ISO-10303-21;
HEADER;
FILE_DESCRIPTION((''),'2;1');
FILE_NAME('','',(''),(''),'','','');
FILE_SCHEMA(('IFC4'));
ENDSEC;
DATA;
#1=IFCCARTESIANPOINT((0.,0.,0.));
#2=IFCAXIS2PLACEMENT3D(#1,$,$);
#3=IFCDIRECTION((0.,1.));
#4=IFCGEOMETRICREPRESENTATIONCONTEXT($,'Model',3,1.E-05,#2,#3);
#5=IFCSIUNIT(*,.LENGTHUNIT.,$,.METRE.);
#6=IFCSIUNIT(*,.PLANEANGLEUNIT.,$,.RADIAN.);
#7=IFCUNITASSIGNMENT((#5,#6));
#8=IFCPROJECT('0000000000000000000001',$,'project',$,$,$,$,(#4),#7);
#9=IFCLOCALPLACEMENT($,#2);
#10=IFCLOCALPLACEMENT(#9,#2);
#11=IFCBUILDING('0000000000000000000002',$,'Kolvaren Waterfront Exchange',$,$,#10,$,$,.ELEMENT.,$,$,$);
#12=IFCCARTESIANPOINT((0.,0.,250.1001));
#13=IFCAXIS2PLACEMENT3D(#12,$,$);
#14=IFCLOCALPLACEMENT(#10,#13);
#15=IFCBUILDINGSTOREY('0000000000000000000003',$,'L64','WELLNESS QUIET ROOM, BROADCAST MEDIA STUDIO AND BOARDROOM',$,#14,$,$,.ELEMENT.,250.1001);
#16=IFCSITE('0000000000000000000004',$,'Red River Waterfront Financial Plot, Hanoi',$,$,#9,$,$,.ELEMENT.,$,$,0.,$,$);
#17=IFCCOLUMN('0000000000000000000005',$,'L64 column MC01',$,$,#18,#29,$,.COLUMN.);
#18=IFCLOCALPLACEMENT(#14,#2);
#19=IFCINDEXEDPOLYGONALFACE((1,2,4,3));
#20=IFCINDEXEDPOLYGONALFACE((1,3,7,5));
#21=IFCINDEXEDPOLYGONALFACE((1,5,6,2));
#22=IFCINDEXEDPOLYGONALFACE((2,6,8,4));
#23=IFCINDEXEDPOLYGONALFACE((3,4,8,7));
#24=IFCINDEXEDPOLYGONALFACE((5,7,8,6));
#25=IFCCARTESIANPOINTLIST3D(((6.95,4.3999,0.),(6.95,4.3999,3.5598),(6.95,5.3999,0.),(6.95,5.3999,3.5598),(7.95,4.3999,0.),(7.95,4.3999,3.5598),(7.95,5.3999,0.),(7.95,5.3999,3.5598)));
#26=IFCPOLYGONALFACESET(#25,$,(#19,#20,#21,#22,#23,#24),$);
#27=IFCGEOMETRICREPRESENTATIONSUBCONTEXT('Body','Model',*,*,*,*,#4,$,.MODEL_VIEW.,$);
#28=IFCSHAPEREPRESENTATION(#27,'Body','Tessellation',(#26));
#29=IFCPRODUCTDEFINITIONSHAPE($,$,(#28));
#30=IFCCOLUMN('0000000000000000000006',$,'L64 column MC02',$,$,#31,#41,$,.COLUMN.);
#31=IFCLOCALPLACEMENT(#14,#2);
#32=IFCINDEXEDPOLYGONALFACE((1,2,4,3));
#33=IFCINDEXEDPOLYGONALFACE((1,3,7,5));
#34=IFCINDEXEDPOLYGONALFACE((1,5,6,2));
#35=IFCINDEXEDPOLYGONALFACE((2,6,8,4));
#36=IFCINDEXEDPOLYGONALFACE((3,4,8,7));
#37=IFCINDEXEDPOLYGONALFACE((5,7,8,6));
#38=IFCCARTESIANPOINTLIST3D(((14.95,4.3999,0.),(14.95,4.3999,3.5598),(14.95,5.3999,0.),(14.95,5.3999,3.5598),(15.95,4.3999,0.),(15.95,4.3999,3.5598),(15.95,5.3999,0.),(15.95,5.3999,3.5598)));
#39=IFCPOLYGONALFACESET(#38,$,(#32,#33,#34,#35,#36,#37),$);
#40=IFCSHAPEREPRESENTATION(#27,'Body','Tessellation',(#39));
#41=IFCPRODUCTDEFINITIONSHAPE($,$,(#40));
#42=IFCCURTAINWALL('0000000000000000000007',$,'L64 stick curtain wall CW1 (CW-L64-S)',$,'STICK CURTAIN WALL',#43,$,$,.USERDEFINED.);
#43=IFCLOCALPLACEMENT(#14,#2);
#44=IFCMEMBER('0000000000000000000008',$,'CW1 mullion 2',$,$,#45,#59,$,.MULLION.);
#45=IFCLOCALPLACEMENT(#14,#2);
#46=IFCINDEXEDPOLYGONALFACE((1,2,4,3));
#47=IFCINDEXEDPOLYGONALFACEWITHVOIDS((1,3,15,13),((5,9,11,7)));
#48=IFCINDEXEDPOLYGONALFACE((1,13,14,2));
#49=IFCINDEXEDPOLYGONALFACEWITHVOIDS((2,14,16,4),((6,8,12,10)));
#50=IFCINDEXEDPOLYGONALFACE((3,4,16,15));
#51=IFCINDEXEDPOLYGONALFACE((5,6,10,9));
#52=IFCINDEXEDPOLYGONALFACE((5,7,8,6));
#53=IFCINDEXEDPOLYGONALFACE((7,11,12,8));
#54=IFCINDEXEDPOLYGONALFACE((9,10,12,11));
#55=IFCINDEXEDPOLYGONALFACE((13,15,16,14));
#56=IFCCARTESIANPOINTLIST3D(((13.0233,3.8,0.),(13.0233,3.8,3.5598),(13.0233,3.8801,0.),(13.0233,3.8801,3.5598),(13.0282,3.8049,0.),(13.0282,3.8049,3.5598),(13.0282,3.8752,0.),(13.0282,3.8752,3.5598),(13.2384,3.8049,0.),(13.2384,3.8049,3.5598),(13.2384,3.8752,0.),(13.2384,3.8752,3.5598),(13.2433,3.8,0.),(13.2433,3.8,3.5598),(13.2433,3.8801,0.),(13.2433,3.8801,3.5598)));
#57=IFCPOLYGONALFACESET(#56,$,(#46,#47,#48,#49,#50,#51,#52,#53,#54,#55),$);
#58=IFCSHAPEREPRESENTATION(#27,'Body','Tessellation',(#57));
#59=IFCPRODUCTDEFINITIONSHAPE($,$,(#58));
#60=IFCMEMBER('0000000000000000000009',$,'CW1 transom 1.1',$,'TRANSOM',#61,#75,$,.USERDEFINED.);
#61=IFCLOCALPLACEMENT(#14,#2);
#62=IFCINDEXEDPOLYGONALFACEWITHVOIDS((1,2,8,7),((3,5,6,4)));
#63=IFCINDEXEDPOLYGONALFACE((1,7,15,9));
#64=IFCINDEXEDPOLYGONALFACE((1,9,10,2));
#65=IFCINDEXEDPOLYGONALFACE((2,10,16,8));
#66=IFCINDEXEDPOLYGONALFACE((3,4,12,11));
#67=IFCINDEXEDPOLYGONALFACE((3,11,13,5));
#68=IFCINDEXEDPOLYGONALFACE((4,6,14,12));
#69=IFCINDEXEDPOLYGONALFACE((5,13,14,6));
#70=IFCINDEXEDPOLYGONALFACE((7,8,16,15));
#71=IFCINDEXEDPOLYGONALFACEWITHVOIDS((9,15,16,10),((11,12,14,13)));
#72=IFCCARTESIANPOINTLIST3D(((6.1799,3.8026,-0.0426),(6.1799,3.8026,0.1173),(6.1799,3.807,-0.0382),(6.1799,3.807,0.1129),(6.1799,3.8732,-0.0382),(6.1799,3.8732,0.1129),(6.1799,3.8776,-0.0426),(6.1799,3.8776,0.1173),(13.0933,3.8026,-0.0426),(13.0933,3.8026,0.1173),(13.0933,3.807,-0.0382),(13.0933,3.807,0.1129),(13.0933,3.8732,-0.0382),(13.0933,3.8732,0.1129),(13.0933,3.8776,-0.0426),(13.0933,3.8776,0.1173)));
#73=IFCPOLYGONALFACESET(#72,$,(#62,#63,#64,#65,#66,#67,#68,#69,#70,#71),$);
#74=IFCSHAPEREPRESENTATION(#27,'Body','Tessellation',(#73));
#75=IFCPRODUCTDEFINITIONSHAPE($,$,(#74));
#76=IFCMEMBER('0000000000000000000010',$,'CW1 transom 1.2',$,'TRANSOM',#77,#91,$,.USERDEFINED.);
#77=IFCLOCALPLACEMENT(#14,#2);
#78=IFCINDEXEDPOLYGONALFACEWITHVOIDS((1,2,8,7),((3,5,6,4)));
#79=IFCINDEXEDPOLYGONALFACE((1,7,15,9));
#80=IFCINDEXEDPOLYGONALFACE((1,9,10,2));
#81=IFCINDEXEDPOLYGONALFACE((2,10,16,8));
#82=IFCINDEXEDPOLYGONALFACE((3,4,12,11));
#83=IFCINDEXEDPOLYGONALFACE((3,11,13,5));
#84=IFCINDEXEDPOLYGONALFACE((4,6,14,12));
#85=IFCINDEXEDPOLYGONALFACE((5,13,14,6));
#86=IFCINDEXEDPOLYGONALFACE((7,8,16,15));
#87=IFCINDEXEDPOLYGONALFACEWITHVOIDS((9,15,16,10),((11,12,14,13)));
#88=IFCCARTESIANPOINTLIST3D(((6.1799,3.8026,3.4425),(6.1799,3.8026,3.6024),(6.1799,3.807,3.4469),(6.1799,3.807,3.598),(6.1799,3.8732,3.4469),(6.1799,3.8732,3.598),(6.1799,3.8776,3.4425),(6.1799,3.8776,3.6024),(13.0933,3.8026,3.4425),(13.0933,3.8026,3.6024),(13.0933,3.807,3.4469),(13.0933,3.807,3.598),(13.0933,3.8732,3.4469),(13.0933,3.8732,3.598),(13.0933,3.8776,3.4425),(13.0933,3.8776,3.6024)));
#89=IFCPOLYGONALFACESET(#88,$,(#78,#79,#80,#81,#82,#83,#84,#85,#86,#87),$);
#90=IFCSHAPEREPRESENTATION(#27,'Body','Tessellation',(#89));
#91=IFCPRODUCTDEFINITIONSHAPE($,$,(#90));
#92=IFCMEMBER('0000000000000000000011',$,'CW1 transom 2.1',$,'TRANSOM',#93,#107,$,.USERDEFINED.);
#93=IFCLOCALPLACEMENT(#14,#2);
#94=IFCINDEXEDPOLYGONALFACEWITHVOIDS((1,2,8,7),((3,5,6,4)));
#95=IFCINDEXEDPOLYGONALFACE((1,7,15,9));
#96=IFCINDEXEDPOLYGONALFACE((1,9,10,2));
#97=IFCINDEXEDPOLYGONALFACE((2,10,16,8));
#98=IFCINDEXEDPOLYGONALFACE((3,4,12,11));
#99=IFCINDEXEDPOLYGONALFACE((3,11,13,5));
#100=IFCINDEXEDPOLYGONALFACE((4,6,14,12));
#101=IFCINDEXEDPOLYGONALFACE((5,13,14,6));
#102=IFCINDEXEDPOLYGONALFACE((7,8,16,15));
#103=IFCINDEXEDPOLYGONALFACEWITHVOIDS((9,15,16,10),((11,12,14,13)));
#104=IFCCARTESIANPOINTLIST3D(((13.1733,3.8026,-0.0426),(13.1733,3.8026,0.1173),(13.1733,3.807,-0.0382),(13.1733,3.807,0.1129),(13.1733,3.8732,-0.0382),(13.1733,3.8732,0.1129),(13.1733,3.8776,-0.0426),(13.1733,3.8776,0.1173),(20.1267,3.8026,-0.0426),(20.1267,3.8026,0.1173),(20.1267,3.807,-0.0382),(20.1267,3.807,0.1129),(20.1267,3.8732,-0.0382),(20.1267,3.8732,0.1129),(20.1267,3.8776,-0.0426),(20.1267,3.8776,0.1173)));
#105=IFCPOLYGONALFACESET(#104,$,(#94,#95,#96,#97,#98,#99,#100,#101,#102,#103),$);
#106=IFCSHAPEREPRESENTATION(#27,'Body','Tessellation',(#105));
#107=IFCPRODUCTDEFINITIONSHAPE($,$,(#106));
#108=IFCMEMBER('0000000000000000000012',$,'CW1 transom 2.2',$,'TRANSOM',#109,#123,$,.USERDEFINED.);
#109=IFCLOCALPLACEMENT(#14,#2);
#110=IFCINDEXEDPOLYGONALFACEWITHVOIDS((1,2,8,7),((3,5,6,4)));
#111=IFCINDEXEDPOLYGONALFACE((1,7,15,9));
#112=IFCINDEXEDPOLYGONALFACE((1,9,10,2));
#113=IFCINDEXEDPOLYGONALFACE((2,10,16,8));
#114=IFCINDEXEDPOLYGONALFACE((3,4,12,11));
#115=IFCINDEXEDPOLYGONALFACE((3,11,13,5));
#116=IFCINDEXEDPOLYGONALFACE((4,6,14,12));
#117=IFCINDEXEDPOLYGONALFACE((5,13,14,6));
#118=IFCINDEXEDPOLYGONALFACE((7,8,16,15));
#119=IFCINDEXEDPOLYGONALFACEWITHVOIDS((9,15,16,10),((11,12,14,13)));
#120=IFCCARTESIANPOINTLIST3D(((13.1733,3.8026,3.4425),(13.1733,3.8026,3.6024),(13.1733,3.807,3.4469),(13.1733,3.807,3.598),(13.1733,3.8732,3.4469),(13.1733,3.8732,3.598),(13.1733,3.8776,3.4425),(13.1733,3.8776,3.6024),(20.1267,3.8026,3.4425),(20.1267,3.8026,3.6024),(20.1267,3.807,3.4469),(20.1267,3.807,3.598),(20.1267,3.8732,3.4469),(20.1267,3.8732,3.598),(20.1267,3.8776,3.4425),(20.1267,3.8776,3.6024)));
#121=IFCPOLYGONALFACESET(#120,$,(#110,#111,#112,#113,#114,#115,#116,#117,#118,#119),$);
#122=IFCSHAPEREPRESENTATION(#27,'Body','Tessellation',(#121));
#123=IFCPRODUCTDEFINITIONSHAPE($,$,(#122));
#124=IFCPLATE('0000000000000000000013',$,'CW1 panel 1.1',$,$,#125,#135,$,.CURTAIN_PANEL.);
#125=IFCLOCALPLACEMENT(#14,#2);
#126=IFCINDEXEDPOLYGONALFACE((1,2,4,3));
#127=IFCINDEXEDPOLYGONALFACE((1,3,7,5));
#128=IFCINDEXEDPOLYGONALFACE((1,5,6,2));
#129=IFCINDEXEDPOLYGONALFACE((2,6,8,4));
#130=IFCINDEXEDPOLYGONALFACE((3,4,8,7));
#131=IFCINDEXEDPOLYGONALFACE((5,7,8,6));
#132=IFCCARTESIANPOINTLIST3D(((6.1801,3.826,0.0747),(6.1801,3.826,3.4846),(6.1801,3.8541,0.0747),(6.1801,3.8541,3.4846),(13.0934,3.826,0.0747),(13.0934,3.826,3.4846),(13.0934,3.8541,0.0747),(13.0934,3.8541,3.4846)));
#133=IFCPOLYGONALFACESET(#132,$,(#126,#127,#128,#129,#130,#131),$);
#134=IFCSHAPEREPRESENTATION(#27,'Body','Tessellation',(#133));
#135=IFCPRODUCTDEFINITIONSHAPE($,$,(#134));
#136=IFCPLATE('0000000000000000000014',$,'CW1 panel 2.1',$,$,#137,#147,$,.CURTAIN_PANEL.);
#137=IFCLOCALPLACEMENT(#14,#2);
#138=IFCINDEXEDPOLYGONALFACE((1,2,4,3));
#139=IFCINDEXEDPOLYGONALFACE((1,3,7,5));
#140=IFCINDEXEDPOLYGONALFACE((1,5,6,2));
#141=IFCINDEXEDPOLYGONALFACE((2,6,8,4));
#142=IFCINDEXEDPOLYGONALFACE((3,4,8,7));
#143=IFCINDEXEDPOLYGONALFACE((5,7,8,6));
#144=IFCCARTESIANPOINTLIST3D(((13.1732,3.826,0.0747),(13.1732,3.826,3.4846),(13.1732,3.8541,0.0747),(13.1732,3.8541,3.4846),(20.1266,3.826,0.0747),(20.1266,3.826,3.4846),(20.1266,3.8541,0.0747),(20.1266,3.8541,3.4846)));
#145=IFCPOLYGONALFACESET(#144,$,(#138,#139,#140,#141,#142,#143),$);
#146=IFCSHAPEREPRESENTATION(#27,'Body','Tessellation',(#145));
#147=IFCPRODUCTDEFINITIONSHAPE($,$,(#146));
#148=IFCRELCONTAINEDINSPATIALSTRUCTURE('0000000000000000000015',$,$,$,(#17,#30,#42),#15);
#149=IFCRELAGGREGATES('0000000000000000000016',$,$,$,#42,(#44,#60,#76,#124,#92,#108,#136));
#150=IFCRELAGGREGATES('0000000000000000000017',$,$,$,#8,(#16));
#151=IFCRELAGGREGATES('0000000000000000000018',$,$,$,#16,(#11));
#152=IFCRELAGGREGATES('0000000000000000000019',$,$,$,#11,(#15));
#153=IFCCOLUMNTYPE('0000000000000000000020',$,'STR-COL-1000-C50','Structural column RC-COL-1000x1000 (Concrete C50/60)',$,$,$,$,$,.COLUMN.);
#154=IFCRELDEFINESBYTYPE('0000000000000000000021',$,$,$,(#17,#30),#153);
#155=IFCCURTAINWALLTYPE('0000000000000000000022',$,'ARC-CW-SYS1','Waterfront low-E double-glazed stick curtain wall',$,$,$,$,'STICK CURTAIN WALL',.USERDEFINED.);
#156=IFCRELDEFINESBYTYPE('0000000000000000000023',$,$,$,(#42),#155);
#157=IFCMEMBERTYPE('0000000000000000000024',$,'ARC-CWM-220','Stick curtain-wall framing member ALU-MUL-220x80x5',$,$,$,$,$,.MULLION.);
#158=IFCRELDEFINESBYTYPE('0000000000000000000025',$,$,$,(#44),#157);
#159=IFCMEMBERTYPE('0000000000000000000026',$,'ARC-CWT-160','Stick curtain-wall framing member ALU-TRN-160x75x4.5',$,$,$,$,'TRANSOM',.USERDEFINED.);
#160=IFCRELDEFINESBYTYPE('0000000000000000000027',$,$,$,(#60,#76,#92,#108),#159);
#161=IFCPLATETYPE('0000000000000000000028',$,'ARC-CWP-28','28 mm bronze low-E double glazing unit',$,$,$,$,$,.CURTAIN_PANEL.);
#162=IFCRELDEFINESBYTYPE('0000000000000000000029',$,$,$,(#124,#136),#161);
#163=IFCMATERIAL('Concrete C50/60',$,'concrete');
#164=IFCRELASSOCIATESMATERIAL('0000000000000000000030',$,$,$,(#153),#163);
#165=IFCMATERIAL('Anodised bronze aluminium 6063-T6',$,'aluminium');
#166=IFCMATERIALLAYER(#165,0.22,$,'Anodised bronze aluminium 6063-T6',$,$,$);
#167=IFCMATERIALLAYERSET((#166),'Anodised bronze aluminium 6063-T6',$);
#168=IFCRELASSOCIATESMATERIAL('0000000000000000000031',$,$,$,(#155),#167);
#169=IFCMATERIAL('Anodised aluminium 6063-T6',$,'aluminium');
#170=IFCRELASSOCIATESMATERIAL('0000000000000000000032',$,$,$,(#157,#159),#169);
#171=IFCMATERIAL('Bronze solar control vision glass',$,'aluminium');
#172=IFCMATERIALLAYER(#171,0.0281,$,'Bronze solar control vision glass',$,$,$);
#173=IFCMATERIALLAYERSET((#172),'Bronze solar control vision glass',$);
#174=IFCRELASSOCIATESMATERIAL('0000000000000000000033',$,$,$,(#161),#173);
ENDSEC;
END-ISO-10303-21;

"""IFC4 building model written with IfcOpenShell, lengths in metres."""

from ifc_helpers import new_model, si_unit, direction, frame, origin, origin_with_axes, origin_2d, place, context, subcontext, project, spatial, rectangle, hollow_rectangle, extrude, source, transform, mapped, material, layer, layer_set, material_profile, profile_set, type_object, element, aggregate, save


model = new_model("IFC4")

# Units and contexts
model_context = context("Model", 3, precision=1e-05, world=origin(), true_north=direction((0.0, 1.0)))
body_context = subcontext(model_context, "Body", "Model", "MODEL_VIEW")
ifc_project = project(units=[si_unit("LENGTHUNIT", "METRE"), si_unit("PLANEANGLEUNIT", "RADIAN")], contexts=[model_context])

# Site, building, storey
site_placement = place(None, origin())
site = spatial("IfcSite", under=ifc_project, at=site_placement, Name="Red River Waterfront Financial Plot, Hanoi", CompositionType="ELEMENT", RefElevation=0.0)
building_placement = place(site_placement, origin())
building = spatial("IfcBuilding", under=site, at=building_placement, Name="Kolvaren Waterfront Exchange", CompositionType="ELEMENT")
storey_placement = place(building_placement, frame((0.0, 0.0, 250.1001)))
storey = spatial("IfcBuildingStorey", under=building, at=storey_placement, Name="L64", Description="WELLNESS QUIET ROOM, BROADCAST MEDIA STUDIO AND BOARDROOM", CompositionType="ELEMENT", Elevation=250.1001)

# Columns
ifc_material_1 = material(Name="Concrete C50/60", Category="concrete")
ifc_material_profile_1 = material_profile(ifc_material_1, rectangle(XDim=1.0, YDim=1.0, at=origin_2d()), Name="RC-COL-1000x1000")
ifc_profile_set_1 = profile_set([ifc_material_profile_1], Name="Concrete C50/60")
column_type = type_object("IfcColumnType", Name="STR-COL-1000-C50", Description="Structural column RC-COL-1000x1000 (Concrete C50/60)", PredefinedType="COLUMN", material=ifc_profile_set_1)
for number, where, z_axis, x_axis, name in (
    (1, (7.45, 4.8999, 0.0), (0.0, 0.0, 1.0), (1.0, 0.0, 0.0), "L64 column MC01"),
    (2, (15.45, 4.8999, 0.0), (0.0, 0.0, 1.0), (1.0, 0.0, 0.0), "L64 column MC02"),
):
    element("IfcColumn", number, at=place(storey_placement, frame(where, z_axis=z_axis, x_axis=x_axis)), inside=storey, type_object=column_type, Name=name, PredefinedType="COLUMN", context=body_context, shape_type="SweptSolid", body=[
        extrude(rectangle(XDim=1.0, YDim=1.0, at=origin_2d()), origin(), (0.0, 0.0, 1.0), 3.5598),
    ])

# Curtain wall, members, plates
ifc_material_2 = material(Name="Anodised bronze aluminium 6063-T6", Category="aluminium")
ifc_layer_1 = layer(ifc_material_2, 0.22, Name="Anodised bronze aluminium 6063-T6")
ifc_layer_set_1 = layer_set([ifc_layer_1], Name="Anodised bronze aluminium 6063-T6")
curtain_wall_type = type_object("IfcCurtainWallType", Name="ARC-CW-SYS1", Description="Waterfront low-E double-glazed stick curtain wall", ElementType="STICK CURTAIN WALL", PredefinedType="USERDEFINED", material=ifc_layer_set_1)
curtain_wall_placement = place(storey_placement, origin())
curtain_wall = element("IfcCurtainWall", 3, at=curtain_wall_placement, inside=storey, type_object=curtain_wall_type, Name="L64 stick curtain wall CW1 (CW-L64-S)", ObjectType="STICK CURTAIN WALL", PredefinedType="USERDEFINED")
ifc_material_3 = material(Name="Anodised aluminium 6063-T6", Category="aluminium")
ifc_material_profile_2 = material_profile(ifc_material_3, hollow_rectangle(XDim=0.0801, YDim=0.22, WallThickness=0.0049, at=origin_2d()), Name="ALU-MUL-220x80x5")
ifc_profile_set_2 = profile_set([ifc_material_profile_2], Name="Anodised aluminium 6063-T6")
member_type_1 = type_object("IfcMemberType", Name="ARC-CWM-220", Description="Stick curtain-wall framing member ALU-MUL-220x80x5", PredefinedType="MULLION", material=ifc_profile_set_2)
shared_shape_1 = source(origin_with_axes(), body_context, "Body", "SweptSolid", [
    extrude(hollow_rectangle(XDim=0.0801, YDim=0.22, WallThickness=0.0049, at=origin_2d()), origin(), (0.0, 0.0, 1.0), 3.5598),
])
member_1_placement = place(storey_placement, frame((13.1333, 3.8401, 0.0), z_axis=(0.0, 0.0, 1.0), x_axis=(0.0, 1.0, 0.0)))
member_1 = element("IfcMember", 4, at=member_1_placement, type_object=member_type_1, Name="CW1 mullion 2", PredefinedType="MULLION", context=body_context, shape_type="MappedRepresentation", body=[
    mapped(shared_shape_1, transform((0.0, 0.0, 0.0), x_axis=(1.0, 0.0, 0.0), y_axis=(0.0, 1.0, 0.0), z_axis=(0.0, 0.0, 1.0), scale=1.0)),
])
ifc_material_profile_3 = material_profile(ifc_material_3, hollow_rectangle(XDim=0.075, YDim=0.1599, WallThickness=0.0044, at=origin_2d()), Name="ALU-TRN-160x75x4.5")
ifc_profile_set_3 = profile_set([ifc_material_profile_3], Name="Anodised aluminium 6063-T6")
member_type_2 = type_object("IfcMemberType", Name="ARC-CWT-160", Description="Stick curtain-wall framing member ALU-TRN-160x75x4.5", ElementType="TRANSOM", PredefinedType="USERDEFINED", material=ifc_profile_set_3)
shared_shape_2 = source(origin_with_axes(), body_context, "Body", "SweptSolid", [
    extrude(hollow_rectangle(XDim=0.075, YDim=0.1599, WallThickness=0.0044, at=origin_2d()), origin(), (0.0, 0.0, 1.0), 6.9133),
])
member_2_placement = place(storey_placement, frame((6.1799, 3.8401, 0.0374), z_axis=(1.0, 0.0, 0.0), x_axis=(0.0, 1.0, 0.0)))
member_2 = element("IfcMember", 5, at=member_2_placement, type_object=member_type_2, Name="CW1 transom 1.1", ObjectType="TRANSOM", PredefinedType="USERDEFINED", context=body_context, shape_type="MappedRepresentation", body=[
    mapped(shared_shape_2, transform((0.0, 0.0, 0.0), x_axis=(1.0, 0.0, 0.0), y_axis=(0.0, 1.0, 0.0), z_axis=(0.0, 0.0, 1.0), scale=1.0)),
])
member_3_placement = place(storey_placement, frame((6.1799, 3.8401, 3.5225), z_axis=(1.0, 0.0, 0.0), x_axis=(0.0, 1.0, 0.0)))
member_3 = element("IfcMember", 6, at=member_3_placement, type_object=member_type_2, Name="CW1 transom 1.2", ObjectType="TRANSOM", PredefinedType="USERDEFINED", context=body_context, shape_type="MappedRepresentation", body=[
    mapped(shared_shape_2, transform((0.0, 0.0, 0.0), x_axis=(1.0, 0.0, 0.0), y_axis=(0.0, 1.0, 0.0), z_axis=(0.0, 0.0, 1.0), scale=1.0)),
])
shared_shape_3 = source(origin_with_axes(), body_context, "Body", "SweptSolid", [
    extrude(hollow_rectangle(XDim=0.075, YDim=0.1599, WallThickness=0.0044, at=origin_2d()), origin(), (0.0, 0.0, 1.0), 6.9534),
])
member_4_placement = place(storey_placement, frame((13.1733, 3.8401, 0.0374), z_axis=(1.0, 0.0, 0.0), x_axis=(0.0, 1.0, 0.0)))
member_4 = element("IfcMember", 7, at=member_4_placement, type_object=member_type_2, Name="CW1 transom 2.1", ObjectType="TRANSOM", PredefinedType="USERDEFINED", context=body_context, shape_type="MappedRepresentation", body=[
    mapped(shared_shape_3, transform((0.0, 0.0, 0.0), x_axis=(1.0, 0.0, 0.0), y_axis=(0.0, 1.0, 0.0), z_axis=(0.0, 0.0, 1.0), scale=1.0)),
])
member_5_placement = place(storey_placement, frame((13.1733, 3.8401, 3.5225), z_axis=(1.0, 0.0, 0.0), x_axis=(0.0, 1.0, 0.0)))
member_5 = element("IfcMember", 8, at=member_5_placement, type_object=member_type_2, Name="CW1 transom 2.2", ObjectType="TRANSOM", PredefinedType="USERDEFINED", context=body_context, shape_type="MappedRepresentation", body=[
    mapped(shared_shape_3, transform((0.0, 0.0, 0.0), x_axis=(1.0, 0.0, 0.0), y_axis=(0.0, 1.0, 0.0), z_axis=(0.0, 0.0, 1.0), scale=1.0)),
])
ifc_material_4 = material(Name="Bronze solar control vision glass", Category="aluminium")
ifc_layer_2 = layer(ifc_material_4, 0.0281, Name="Bronze solar control vision glass")
ifc_layer_set_2 = layer_set([ifc_layer_2], Name="Bronze solar control vision glass")
plate_type = type_object("IfcPlateType", Name="ARC-CWP-28", Description="28 mm bronze low-E double glazing unit", PredefinedType="CURTAIN_PANEL", material=ifc_layer_set_2)
shared_shape_4 = source(origin_with_axes(), body_context, "Body", "SweptSolid", [
    extrude(rectangle(XDim=6.9133, YDim=0.0281, at=origin_2d()), origin(), (0.0, 0.0, 1.0), 3.4099),
])
plate_1_placement = place(storey_placement, frame((9.6367, 3.8401, 0.0747), z_axis=(0.0, 0.0, 1.0), x_axis=(1.0, 0.0, 0.0)))
plate_1 = element("IfcPlate", 9, at=plate_1_placement, type_object=plate_type, Name="CW1 panel 1.1", PredefinedType="CURTAIN_PANEL", context=body_context, shape_type="MappedRepresentation", body=[
    mapped(shared_shape_4, transform((0.0, 0.0, 0.0), x_axis=(1.0, 0.0, 0.0), y_axis=(0.0, 1.0, 0.0), z_axis=(0.0, 0.0, 1.0), scale=1.0)),
])
shared_shape_5 = source(origin_with_axes(), body_context, "Body", "SweptSolid", [
    extrude(rectangle(XDim=6.9534, YDim=0.0281, at=origin_2d()), origin(), (0.0, 0.0, 1.0), 3.4099),
])
plate_2_placement = place(storey_placement, frame((16.6499, 3.8401, 0.0747), z_axis=(0.0, 0.0, 1.0), x_axis=(1.0, 0.0, 0.0)))
plate_2 = element("IfcPlate", 10, at=plate_2_placement, type_object=plate_type, Name="CW1 panel 2.1", PredefinedType="CURTAIN_PANEL", context=body_context, shape_type="MappedRepresentation", body=[
    mapped(shared_shape_5, transform((0.0, 0.0, 0.0), x_axis=(1.0, 0.0, 0.0), y_axis=(0.0, 1.0, 0.0), z_axis=(0.0, 0.0, 1.0), scale=1.0)),
])
aggregate(curtain_wall, [member_1, member_2, member_3, plate_1, member_4, member_5, plate_2])

save(model, "model.ifc")
